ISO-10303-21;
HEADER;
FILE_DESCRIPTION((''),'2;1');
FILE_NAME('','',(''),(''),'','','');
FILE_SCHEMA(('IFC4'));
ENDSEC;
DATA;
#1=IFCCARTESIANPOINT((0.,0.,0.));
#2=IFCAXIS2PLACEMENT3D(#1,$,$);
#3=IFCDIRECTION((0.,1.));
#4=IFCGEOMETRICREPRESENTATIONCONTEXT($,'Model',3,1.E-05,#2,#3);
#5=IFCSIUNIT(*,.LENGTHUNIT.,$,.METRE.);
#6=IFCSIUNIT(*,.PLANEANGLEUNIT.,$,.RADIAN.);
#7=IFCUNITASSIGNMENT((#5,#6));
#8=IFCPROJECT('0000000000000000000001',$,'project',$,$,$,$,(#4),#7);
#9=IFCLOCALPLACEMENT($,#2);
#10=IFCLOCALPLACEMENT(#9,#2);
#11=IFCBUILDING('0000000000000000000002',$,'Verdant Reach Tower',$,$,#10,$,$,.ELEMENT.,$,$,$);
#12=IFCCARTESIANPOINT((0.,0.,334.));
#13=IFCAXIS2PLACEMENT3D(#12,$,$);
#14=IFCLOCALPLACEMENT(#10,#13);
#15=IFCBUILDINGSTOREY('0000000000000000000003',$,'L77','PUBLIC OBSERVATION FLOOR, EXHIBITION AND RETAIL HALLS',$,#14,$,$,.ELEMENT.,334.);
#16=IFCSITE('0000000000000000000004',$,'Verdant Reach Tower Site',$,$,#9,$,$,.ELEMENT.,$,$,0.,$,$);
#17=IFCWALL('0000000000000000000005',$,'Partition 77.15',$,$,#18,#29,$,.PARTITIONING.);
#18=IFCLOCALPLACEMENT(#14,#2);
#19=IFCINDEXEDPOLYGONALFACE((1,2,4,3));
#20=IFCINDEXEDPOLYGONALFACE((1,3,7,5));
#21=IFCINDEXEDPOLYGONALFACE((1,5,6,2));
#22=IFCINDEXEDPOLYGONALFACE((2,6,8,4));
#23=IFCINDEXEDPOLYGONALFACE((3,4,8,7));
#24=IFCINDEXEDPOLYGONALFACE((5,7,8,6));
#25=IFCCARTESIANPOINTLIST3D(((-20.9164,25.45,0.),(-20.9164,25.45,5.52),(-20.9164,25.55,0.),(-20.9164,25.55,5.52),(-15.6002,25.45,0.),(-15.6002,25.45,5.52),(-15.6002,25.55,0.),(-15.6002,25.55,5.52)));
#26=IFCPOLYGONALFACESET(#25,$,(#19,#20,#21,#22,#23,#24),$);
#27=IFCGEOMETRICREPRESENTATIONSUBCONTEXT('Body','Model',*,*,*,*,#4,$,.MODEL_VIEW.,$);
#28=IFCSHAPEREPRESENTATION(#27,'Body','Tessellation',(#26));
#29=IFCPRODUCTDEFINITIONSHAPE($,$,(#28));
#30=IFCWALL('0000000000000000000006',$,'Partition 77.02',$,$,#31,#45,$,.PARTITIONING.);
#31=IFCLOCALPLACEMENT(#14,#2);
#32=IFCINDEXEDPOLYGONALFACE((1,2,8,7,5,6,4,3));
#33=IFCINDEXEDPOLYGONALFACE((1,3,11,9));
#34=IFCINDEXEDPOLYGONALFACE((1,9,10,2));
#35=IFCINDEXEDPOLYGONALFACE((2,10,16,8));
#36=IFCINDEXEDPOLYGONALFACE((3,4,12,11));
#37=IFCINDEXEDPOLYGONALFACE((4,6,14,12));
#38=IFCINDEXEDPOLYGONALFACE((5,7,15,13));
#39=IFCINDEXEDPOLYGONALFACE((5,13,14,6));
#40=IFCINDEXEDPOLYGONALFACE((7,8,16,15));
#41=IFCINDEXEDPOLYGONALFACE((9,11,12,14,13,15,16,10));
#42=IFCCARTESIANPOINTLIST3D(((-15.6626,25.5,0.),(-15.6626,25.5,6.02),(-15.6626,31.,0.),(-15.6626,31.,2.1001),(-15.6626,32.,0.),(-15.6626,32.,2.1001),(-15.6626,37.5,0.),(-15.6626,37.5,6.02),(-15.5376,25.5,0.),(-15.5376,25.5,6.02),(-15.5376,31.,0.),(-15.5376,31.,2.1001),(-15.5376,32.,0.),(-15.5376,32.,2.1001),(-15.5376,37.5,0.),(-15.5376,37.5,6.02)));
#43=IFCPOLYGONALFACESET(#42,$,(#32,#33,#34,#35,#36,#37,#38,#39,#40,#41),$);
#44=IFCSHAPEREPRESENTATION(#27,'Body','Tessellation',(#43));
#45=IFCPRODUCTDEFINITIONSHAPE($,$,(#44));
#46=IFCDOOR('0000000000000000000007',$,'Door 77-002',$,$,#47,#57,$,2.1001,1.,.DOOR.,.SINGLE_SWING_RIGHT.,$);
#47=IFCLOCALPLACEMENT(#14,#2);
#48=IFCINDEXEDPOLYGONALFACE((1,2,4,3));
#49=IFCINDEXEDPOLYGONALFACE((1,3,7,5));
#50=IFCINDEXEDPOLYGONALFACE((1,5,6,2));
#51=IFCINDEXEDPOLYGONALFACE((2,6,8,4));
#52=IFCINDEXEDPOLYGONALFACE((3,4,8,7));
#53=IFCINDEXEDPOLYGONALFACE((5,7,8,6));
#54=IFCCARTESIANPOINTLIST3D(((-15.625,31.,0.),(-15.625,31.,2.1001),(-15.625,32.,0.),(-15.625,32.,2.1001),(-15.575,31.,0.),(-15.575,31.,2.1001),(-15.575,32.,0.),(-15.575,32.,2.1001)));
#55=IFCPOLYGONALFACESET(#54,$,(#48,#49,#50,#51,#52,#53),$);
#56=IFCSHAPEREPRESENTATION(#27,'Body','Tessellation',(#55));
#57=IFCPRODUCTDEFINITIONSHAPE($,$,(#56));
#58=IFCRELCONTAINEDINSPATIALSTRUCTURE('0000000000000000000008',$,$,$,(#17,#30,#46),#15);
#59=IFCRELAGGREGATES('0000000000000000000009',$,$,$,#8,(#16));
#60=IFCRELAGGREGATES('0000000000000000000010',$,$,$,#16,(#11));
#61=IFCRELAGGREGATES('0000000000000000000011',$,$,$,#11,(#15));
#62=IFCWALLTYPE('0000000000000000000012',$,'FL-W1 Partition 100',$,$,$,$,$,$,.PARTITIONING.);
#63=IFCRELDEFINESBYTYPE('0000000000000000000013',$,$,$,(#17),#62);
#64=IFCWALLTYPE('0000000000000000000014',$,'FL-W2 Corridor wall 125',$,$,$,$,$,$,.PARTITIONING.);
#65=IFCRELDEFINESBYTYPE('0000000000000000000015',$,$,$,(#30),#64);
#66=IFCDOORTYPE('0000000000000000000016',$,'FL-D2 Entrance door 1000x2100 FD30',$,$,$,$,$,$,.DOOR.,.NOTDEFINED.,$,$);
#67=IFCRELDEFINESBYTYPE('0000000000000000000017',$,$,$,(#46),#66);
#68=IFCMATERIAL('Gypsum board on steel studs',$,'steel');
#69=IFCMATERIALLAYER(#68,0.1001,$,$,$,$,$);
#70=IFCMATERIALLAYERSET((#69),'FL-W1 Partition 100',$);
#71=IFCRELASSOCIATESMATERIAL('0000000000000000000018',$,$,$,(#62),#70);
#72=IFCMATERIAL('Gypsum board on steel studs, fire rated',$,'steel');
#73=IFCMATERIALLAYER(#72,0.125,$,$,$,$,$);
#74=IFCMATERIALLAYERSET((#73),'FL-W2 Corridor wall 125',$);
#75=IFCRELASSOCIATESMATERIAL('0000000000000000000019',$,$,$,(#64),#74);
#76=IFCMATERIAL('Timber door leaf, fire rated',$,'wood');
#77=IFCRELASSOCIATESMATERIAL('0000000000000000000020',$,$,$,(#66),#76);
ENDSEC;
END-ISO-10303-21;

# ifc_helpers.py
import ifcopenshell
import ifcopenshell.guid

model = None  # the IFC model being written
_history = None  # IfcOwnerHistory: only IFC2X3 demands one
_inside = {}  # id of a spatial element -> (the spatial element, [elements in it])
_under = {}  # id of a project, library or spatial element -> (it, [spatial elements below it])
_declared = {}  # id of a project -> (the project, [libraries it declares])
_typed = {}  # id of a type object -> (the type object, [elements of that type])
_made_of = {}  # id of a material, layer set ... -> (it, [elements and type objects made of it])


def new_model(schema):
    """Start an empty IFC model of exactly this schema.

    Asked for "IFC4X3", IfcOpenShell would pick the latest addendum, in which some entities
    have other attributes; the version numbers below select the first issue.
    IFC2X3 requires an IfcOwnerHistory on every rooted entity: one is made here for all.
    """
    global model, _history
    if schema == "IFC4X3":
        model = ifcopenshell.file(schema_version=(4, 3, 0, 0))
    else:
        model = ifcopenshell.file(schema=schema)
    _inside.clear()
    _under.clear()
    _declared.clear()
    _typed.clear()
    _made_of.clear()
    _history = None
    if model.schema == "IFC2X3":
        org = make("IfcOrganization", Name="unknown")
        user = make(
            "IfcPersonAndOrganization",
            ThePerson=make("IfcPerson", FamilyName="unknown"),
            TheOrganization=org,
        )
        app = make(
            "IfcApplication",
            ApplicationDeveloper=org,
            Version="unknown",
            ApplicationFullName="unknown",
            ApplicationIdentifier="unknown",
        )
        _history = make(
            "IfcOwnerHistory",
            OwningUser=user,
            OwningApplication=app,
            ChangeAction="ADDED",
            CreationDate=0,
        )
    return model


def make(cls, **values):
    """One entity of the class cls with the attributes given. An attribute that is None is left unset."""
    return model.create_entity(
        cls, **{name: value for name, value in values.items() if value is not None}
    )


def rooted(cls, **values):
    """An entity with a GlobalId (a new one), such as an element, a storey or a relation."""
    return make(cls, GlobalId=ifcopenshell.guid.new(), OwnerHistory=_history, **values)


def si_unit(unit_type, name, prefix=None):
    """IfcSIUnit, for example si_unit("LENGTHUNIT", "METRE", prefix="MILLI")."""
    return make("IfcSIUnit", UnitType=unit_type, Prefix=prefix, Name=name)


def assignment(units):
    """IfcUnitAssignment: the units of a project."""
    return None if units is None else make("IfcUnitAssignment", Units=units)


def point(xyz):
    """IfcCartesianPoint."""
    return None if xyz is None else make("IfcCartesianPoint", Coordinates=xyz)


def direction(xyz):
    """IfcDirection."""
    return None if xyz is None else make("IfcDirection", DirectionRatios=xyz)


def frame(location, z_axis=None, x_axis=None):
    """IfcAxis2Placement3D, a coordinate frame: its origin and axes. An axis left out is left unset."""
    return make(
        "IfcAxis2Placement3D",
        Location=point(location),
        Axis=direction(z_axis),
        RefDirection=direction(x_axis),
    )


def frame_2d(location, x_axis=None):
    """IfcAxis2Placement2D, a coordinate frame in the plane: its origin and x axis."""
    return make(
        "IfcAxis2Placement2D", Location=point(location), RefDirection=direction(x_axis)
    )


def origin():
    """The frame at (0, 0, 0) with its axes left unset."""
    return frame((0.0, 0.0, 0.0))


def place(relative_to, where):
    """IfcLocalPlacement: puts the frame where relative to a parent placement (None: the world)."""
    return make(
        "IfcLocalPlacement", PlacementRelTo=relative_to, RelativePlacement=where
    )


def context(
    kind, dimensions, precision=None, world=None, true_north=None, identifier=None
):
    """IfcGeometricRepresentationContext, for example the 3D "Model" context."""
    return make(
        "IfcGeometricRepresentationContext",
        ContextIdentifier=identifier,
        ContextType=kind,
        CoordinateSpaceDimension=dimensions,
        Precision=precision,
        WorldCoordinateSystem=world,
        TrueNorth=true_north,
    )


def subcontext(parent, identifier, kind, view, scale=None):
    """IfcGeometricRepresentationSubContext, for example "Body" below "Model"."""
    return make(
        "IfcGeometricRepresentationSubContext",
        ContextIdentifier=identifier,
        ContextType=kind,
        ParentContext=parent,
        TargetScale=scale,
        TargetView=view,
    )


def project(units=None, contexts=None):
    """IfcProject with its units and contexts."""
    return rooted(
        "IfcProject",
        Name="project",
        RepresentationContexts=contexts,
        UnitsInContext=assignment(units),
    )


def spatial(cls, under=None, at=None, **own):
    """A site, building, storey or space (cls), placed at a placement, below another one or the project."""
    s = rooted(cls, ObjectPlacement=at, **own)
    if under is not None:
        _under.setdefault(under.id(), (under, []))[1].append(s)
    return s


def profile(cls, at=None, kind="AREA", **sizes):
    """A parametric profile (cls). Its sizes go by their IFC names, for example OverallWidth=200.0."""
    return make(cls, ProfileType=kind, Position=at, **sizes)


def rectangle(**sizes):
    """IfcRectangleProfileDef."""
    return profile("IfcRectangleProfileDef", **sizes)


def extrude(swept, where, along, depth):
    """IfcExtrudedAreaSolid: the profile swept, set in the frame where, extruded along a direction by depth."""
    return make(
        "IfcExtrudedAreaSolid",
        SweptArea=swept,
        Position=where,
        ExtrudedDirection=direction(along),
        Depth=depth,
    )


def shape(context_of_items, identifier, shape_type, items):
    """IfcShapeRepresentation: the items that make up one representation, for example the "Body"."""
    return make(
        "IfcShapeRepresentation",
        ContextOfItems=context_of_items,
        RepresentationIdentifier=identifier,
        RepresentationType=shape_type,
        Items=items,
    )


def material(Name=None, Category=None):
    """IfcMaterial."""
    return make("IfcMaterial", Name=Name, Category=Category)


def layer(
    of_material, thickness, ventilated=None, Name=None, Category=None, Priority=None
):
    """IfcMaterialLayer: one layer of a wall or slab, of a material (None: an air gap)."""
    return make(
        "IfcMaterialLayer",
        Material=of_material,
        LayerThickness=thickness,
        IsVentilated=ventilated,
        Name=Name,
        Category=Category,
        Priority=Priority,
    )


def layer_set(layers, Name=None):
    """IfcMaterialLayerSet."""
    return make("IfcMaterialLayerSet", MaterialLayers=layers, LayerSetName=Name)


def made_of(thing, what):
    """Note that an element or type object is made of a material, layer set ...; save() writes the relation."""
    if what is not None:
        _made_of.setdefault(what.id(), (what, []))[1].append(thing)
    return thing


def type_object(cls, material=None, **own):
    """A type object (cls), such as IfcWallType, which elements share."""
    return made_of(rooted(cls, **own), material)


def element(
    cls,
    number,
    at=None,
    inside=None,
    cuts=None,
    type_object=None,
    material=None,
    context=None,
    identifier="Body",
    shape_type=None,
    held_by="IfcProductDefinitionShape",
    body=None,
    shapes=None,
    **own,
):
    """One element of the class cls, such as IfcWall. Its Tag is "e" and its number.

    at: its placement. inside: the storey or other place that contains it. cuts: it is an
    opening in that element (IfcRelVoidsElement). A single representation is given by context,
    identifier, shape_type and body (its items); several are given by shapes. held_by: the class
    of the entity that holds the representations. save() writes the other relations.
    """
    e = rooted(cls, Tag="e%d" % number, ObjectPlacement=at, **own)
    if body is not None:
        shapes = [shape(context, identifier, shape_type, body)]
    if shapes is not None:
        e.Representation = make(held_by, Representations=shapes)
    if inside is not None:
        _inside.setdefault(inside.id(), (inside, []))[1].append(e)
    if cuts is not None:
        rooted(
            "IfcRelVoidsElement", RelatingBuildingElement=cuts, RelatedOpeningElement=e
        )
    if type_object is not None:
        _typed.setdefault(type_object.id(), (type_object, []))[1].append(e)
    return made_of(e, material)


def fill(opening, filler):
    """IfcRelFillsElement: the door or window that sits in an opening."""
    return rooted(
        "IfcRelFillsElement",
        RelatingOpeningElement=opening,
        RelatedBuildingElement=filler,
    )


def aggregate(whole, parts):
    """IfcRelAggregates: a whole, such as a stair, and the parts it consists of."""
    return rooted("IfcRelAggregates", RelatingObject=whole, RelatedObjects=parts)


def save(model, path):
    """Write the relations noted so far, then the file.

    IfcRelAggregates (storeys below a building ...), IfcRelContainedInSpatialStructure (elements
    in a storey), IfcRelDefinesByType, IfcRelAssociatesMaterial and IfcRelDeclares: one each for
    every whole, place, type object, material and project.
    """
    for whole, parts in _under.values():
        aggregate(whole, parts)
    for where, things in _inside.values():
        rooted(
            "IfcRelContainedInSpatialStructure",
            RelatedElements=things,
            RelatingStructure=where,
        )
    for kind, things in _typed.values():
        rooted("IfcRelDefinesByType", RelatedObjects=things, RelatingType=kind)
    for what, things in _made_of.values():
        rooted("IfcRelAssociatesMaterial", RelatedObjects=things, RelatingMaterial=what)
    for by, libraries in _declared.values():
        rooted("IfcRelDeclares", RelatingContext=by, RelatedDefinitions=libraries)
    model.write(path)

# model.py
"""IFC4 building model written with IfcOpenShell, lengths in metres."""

from ifc_helpers import new_model, si_unit, direction, frame, frame_2d, origin, place, context, subcontext, project, spatial, rectangle, extrude, material, layer, layer_set, type_object, element, fill, save


model = new_model("IFC4")

# Units and contexts
model_context = context("Model", 3, precision=1e-05, world=origin(), true_north=direction((0.0, 1.0)))
body_context = subcontext(model_context, "Body", "Model", "MODEL_VIEW")
ifc_project = project(units=[si_unit("LENGTHUNIT", "METRE"), si_unit("PLANEANGLEUNIT", "RADIAN")], contexts=[model_context])

# Site, building, storey
site_placement = place(None, origin())
site = spatial("IfcSite", under=ifc_project, at=site_placement, Name="Verdant Reach Tower Site", CompositionType="ELEMENT", RefElevation=0.0)
building_placement = place(site_placement, origin())
building = spatial("IfcBuilding", under=site, at=building_placement, Name="Verdant Reach Tower", CompositionType="ELEMENT")
storey_placement = place(building_placement, frame((0.0, 0.0, 334.0)))
storey = spatial("IfcBuildingStorey", under=building, at=storey_placement, Name="L77", Description="PUBLIC OBSERVATION FLOOR, EXHIBITION AND RETAIL HALLS", CompositionType="ELEMENT", Elevation=334.0)

# Shared definitions
ifc_material_1 = material(Name="Gypsum board on steel studs", Category="steel")

# Wall
ifc_layer_1 = layer(ifc_material_1, 0.1001)
ifc_layer_set_1 = layer_set([ifc_layer_1], Name="FL-W1 Partition 100")
wall_type_1 = type_object("IfcWallType", Name="FL-W1 Partition 100", PredefinedType="PARTITIONING", material=ifc_layer_set_1)
wall_1_placement = place(storey_placement, frame((-15.6001, 25.5, 0.0), z_axis=(0.0, 0.0, 1.0), x_axis=(-1.0, 0.0, 0.0)))
element("IfcWall", 1, at=wall_1_placement, inside=storey, type_object=wall_type_1, Name="Partition 77.15", PredefinedType="PARTITIONING", context=body_context, shape_type="SweptSolid", body=[
    extrude(rectangle(XDim=5.3162, YDim=0.1001, at=frame_2d((2.6582, 0.0))), origin(), (0.0, 0.0, 1.0), 5.52),
])

# Wall, opening, door
ifc_material_2 = material(Name="Gypsum board on steel studs, fire rated", Category="steel")
ifc_layer_2 = layer(ifc_material_2, 0.125)
ifc_layer_set_2 = layer_set([ifc_layer_2], Name="FL-W2 Corridor wall 125")
wall_type_2 = type_object("IfcWallType", Name="FL-W2 Corridor wall 125", PredefinedType="PARTITIONING", material=ifc_layer_set_2)
wall_2_placement = place(storey_placement, frame((-15.6001, 25.5, 0.0), z_axis=(0.0, 0.0, 1.0), x_axis=(0.0, 1.0, 0.0)))
wall_2 = element("IfcWall", 2, at=wall_2_placement, inside=storey, type_object=wall_type_2, Name="Partition 77.02", PredefinedType="PARTITIONING", context=body_context, shape_type="SweptSolid", body=[
    extrude(rectangle(XDim=12.0, YDim=0.125, at=frame_2d((6.0, 0.0))), origin(), (0.0, 0.0, 1.0), 6.02),
])
opening_1_placement = place(wall_2_placement, frame((5.5, 0.0, 0.0)))
opening_1 = element("IfcOpeningElement", 3, at=opening_1_placement, cuts=wall_2, PredefinedType="OPENING", context=body_context, shape_type="SweptSolid", body=[
    extrude(rectangle(XDim=1.0, YDim=2.1001, at=frame_2d((0.5, 1.05))), frame((0.0, 0.0725, 0.0), z_axis=(0.0, -1.0, 0.0), x_axis=(1.0, 0.0, 0.0)), (0.0, 0.0, 1.0), 0.145),
])
ifc_material_3 = material(Name="Timber door leaf, fire rated", Category="wood")
door_type_1 = type_object("IfcDoorType", Name="FL-D2 Entrance door 1000x2100 FD30", OperationType="NOTDEFINED", PredefinedType="DOOR", material=ifc_material_3)
door_1_placement = place(opening_1_placement, origin())
door_1 = element("IfcDoor", 4, at=door_1_placement, inside=storey, type_object=door_type_1, Name="Door 77-002", OperationType="SINGLE_SWING_RIGHT", OverallHeight=2.1001, OverallWidth=1.0, PredefinedType="DOOR", context=body_context, shape_type="SweptSolid", body=[
    extrude(rectangle(XDim=1.0, YDim=2.1001, at=frame_2d((0.5, 1.05))), frame((0.0, 0.0249, 0.0), z_axis=(0.0, -1.0, 0.0), x_axis=(1.0, 0.0, 0.0)), (0.0, 0.0, 1.0), 0.05),
])
fill(opening_1, door_1)

save(model, "model.ifc")
